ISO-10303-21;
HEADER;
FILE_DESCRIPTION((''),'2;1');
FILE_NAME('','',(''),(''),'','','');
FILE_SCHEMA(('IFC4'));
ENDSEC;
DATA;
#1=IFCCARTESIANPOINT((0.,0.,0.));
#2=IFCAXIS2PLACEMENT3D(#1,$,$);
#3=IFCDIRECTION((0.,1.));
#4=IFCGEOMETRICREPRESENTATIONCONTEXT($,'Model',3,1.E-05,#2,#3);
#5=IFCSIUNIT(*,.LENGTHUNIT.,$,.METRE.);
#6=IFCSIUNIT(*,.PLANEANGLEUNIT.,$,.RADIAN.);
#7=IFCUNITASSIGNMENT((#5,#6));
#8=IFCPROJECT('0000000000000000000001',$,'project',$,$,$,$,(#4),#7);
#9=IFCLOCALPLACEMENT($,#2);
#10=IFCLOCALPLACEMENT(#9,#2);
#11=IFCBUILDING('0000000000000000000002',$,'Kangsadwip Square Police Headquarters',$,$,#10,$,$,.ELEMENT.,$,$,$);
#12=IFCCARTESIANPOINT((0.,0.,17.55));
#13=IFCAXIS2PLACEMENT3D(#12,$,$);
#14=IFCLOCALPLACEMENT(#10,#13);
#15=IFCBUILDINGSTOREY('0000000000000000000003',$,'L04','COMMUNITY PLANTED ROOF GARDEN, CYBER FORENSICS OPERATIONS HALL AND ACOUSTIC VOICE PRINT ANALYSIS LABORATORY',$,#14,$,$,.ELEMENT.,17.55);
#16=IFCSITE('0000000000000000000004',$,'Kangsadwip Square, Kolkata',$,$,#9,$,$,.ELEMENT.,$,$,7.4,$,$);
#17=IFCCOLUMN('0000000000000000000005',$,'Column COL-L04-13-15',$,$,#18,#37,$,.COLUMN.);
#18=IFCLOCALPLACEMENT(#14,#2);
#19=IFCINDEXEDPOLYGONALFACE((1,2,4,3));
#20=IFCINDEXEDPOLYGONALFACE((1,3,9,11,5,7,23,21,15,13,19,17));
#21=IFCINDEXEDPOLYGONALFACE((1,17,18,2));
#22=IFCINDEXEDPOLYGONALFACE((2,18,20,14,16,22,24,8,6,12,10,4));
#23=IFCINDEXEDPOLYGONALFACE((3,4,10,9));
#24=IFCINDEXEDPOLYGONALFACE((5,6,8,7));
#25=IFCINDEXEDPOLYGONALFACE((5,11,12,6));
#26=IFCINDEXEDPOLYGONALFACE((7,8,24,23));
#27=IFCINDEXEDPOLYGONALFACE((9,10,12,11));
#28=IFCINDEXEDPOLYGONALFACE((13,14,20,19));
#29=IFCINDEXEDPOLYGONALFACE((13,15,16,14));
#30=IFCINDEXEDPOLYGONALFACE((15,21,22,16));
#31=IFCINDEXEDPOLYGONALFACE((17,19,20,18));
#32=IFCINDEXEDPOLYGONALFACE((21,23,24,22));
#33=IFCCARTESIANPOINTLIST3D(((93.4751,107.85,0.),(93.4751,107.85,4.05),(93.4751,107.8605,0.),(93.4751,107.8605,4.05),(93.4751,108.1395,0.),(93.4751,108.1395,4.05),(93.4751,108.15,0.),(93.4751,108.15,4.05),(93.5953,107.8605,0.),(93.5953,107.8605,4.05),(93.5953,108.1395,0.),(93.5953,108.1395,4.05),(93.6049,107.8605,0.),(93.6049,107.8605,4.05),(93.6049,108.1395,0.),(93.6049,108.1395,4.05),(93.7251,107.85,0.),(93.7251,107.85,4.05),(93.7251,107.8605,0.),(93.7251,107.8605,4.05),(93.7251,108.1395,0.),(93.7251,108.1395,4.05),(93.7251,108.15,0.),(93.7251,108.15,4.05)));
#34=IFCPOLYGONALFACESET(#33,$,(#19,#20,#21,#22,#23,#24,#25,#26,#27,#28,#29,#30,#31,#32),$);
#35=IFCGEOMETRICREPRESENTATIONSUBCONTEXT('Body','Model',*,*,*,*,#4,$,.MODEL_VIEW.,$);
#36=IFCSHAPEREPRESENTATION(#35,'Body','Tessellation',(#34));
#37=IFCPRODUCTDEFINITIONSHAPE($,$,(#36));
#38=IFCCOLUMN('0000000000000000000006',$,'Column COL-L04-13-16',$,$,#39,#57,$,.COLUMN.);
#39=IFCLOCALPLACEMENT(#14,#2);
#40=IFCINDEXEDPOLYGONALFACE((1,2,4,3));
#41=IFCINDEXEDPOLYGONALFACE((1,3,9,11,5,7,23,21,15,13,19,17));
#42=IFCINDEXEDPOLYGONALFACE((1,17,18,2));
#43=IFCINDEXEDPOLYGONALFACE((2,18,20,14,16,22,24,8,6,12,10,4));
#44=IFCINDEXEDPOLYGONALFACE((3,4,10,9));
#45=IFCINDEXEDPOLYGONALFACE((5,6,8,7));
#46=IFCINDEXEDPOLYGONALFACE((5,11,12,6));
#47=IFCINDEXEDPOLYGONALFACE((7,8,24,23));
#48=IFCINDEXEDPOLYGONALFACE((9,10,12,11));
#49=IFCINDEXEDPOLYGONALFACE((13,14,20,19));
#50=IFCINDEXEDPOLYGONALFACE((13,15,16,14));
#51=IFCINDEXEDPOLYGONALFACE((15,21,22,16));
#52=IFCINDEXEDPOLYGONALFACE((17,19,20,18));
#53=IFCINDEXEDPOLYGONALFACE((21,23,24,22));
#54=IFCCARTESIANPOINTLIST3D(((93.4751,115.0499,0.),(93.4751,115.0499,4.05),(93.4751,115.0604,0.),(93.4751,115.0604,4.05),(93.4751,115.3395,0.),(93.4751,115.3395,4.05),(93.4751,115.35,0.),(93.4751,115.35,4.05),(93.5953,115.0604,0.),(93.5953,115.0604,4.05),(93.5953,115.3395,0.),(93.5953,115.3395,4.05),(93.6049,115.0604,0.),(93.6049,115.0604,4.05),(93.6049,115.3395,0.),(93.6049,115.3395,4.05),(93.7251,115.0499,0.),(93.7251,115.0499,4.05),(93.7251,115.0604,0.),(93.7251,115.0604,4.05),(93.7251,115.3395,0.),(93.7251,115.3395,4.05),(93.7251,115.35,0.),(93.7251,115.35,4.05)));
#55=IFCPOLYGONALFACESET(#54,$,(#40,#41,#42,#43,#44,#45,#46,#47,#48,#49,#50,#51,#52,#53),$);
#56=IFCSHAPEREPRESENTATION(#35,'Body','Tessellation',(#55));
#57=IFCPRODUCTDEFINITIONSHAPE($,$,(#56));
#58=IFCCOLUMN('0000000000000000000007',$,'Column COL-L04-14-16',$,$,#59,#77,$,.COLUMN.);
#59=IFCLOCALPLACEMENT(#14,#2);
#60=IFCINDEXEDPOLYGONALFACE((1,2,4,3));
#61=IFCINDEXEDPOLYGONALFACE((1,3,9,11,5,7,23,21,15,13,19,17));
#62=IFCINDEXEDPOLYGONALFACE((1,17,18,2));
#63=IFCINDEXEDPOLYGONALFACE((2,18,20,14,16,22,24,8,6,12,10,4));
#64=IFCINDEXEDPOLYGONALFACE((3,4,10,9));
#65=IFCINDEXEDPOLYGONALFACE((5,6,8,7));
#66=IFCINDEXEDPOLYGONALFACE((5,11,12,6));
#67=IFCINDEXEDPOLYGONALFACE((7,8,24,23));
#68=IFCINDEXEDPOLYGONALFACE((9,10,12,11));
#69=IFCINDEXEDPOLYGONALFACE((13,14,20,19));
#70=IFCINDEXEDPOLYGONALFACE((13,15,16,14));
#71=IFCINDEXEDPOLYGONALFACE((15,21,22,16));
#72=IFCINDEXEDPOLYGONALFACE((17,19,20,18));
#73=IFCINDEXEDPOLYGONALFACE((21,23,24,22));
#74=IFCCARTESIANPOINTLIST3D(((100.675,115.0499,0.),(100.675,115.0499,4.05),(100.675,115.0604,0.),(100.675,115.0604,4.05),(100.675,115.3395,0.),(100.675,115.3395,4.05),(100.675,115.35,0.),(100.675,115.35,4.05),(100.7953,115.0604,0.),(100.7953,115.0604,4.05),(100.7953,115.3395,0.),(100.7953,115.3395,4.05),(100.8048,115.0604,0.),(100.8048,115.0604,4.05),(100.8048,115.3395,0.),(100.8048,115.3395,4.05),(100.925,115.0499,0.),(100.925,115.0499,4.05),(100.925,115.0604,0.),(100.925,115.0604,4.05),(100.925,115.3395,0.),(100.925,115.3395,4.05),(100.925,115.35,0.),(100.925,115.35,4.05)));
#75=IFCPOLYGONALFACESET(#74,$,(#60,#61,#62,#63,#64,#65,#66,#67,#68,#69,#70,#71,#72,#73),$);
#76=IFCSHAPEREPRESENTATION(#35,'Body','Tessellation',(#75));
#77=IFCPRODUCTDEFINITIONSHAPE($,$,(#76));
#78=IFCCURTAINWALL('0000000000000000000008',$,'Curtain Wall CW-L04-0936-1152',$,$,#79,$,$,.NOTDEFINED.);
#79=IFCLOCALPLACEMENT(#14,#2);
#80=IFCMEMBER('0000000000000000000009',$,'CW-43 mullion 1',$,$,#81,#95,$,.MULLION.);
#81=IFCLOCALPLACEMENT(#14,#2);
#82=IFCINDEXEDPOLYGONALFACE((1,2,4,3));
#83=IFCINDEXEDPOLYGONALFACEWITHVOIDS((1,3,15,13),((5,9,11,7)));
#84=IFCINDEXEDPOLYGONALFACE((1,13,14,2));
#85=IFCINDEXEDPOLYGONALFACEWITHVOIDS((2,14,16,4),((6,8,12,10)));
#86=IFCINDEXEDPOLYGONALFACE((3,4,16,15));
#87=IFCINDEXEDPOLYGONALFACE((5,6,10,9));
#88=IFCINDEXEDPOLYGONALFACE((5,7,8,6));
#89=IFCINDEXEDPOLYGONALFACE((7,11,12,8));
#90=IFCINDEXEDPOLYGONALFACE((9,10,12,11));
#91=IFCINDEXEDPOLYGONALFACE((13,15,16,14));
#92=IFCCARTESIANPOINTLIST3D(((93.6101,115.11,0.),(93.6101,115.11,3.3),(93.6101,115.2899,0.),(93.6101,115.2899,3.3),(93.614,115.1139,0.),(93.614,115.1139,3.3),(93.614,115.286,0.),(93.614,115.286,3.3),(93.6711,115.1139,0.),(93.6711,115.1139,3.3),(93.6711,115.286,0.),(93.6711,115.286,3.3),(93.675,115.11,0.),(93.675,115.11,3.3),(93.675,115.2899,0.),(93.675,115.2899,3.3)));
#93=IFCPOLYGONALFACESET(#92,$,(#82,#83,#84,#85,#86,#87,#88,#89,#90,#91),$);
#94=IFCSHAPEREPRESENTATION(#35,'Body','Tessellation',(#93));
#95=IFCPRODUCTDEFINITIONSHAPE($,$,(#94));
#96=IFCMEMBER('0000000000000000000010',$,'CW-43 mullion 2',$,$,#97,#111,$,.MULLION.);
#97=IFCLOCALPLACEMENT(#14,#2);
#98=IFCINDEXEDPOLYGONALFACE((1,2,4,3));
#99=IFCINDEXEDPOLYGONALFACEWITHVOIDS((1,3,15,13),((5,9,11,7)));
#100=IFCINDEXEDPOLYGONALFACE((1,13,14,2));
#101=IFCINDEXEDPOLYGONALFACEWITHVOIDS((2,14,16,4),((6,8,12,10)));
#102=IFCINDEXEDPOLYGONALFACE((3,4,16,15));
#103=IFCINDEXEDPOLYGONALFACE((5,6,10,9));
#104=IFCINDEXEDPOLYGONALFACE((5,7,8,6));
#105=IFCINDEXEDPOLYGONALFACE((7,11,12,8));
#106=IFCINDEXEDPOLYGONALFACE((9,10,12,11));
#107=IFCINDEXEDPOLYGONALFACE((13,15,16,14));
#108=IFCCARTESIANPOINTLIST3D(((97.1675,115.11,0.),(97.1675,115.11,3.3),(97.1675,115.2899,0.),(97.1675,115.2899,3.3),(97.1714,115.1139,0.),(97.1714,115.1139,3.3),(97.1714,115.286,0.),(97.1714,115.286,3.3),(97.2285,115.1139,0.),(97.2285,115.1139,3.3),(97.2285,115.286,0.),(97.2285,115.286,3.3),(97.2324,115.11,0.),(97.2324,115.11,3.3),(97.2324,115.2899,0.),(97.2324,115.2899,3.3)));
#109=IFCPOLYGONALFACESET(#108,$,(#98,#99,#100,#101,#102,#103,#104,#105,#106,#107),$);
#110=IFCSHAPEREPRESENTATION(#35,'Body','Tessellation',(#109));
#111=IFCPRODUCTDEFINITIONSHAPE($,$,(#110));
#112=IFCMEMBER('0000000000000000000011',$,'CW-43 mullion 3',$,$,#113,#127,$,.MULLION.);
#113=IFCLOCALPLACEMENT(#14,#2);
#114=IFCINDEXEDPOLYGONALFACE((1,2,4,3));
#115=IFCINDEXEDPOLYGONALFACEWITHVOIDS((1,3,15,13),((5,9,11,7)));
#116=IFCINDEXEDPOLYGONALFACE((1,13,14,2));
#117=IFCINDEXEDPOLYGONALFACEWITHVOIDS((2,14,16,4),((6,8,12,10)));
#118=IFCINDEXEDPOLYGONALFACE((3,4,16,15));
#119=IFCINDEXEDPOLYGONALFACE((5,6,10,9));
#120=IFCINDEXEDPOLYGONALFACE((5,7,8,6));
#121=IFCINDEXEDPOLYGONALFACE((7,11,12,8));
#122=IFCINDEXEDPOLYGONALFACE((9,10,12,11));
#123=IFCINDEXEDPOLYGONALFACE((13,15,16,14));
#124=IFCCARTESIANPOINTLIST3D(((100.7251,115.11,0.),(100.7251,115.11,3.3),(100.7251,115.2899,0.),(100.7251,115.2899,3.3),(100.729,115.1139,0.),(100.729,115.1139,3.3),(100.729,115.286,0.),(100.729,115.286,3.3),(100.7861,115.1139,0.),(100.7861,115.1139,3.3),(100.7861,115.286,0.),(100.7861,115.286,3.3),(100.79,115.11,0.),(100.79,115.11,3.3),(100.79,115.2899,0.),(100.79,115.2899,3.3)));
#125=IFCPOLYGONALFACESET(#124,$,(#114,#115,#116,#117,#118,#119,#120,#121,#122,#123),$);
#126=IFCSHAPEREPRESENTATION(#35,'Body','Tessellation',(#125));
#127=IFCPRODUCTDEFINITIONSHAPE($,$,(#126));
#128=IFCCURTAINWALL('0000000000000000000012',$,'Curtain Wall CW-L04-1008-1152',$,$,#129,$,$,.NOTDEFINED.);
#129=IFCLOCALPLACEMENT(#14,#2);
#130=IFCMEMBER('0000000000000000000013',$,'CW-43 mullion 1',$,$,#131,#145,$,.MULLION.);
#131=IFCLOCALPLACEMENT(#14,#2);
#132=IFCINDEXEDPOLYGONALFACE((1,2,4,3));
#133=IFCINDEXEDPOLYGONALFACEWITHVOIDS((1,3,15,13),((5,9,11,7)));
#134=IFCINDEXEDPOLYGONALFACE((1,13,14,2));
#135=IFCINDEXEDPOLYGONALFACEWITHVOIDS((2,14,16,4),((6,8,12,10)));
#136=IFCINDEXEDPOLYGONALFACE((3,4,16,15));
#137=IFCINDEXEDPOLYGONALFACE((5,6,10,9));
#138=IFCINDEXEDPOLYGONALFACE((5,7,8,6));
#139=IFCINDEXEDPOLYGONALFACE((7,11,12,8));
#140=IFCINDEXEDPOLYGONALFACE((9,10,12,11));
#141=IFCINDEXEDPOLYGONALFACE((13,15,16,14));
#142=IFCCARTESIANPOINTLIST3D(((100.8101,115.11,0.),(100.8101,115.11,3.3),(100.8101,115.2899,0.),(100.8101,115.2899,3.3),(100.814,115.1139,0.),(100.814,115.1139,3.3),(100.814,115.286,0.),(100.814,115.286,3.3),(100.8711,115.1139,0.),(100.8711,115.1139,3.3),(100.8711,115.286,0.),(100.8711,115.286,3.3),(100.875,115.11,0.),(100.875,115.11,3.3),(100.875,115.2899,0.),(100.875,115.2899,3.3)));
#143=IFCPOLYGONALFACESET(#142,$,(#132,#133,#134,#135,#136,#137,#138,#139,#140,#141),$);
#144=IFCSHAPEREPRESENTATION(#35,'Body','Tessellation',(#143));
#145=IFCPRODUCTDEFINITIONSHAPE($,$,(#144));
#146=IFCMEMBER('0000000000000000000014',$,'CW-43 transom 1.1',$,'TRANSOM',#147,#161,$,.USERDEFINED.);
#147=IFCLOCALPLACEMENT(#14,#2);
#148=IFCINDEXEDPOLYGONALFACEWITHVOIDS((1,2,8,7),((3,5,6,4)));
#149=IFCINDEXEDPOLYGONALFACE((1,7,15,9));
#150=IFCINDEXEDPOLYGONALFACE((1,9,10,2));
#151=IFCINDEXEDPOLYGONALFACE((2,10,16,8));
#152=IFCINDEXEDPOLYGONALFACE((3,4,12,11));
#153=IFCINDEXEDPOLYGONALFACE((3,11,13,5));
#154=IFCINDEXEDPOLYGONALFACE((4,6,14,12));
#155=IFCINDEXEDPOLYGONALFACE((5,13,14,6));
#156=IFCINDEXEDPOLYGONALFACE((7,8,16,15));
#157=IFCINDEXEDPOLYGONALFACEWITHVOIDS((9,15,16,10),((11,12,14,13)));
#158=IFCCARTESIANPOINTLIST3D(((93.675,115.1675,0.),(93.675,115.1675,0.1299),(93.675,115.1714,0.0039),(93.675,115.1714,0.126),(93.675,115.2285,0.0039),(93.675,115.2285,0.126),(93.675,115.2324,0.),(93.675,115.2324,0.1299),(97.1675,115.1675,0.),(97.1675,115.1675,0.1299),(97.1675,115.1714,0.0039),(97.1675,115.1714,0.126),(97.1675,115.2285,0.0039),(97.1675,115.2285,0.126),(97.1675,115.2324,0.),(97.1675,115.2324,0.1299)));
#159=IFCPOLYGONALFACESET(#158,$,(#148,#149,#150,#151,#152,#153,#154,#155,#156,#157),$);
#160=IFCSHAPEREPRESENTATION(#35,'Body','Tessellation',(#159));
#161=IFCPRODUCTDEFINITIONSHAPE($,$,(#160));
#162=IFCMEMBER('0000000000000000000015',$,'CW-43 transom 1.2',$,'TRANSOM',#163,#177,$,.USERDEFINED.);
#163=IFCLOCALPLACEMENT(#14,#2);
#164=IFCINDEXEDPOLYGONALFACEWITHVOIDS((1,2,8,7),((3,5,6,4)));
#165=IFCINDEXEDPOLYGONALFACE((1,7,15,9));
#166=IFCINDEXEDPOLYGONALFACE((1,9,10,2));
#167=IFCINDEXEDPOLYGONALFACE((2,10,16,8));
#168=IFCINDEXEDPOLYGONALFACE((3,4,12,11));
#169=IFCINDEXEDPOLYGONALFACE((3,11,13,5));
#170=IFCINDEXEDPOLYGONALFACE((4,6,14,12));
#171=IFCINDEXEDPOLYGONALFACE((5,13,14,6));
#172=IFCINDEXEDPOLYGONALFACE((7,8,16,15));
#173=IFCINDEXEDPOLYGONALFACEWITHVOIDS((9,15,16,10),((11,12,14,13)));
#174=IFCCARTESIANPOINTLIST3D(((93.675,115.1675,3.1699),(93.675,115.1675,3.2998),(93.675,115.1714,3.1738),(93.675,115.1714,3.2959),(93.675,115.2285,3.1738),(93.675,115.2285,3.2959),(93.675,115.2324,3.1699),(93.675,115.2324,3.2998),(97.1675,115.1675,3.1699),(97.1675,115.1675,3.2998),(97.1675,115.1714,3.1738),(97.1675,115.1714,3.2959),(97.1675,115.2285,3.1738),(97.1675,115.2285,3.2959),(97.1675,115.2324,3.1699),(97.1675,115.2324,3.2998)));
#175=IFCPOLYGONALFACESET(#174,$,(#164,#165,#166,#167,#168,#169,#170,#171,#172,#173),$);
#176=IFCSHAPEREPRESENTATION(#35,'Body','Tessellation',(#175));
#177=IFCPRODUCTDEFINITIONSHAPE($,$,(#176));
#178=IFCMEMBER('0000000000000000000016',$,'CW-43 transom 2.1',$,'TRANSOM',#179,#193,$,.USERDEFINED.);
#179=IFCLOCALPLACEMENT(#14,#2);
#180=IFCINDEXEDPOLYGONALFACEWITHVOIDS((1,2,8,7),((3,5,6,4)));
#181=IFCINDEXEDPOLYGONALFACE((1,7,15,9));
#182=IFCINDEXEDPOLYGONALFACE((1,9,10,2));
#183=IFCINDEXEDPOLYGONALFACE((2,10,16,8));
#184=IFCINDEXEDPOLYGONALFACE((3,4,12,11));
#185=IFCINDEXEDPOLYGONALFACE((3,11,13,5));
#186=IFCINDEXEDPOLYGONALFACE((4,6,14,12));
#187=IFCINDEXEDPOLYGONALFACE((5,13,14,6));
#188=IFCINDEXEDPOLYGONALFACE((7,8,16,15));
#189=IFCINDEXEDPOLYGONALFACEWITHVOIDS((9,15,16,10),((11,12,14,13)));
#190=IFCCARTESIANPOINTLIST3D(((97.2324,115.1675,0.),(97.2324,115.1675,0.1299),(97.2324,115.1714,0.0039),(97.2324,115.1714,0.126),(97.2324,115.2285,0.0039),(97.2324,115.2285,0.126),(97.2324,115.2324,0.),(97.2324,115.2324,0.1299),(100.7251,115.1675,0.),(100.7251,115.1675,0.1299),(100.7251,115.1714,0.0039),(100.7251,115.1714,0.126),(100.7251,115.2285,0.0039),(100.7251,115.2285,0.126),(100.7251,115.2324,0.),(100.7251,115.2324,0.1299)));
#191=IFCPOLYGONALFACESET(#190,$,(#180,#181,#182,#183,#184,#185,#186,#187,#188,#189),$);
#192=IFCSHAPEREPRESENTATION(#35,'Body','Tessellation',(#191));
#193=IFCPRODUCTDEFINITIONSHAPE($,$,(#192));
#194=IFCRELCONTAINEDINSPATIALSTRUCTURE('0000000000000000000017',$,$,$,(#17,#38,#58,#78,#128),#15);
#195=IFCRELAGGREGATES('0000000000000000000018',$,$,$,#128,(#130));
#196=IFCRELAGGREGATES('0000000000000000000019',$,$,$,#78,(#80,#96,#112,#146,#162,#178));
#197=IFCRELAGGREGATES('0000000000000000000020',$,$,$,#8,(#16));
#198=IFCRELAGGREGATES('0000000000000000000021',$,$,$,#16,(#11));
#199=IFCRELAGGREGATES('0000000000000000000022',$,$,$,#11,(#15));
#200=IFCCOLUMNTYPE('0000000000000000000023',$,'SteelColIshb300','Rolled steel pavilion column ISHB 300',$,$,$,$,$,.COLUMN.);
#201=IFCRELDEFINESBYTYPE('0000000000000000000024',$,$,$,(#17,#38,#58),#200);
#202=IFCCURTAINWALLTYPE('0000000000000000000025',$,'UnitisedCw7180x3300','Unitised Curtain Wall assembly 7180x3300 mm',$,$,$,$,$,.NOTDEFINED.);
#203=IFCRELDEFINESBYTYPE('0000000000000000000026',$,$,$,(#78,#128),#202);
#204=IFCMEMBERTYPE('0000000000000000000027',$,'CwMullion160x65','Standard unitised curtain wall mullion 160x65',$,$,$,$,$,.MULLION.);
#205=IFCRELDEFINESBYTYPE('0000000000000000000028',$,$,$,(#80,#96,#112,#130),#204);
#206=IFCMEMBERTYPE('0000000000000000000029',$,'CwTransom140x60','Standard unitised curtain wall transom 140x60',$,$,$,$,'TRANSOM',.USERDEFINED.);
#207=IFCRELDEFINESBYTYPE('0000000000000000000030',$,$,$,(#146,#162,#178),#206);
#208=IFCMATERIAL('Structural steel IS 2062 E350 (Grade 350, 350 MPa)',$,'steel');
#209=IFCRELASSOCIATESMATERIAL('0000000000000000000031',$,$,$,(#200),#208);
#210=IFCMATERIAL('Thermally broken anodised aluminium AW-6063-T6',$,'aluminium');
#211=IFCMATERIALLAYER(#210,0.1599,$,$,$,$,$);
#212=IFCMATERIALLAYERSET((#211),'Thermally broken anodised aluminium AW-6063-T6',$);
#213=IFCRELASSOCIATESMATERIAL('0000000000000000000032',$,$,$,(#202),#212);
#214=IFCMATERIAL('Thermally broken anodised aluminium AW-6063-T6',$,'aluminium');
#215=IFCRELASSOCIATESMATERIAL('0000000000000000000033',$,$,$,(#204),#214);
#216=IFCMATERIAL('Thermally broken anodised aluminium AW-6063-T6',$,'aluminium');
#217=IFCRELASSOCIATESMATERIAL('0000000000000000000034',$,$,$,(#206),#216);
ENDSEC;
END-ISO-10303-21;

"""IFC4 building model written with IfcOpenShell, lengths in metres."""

from ifc_helpers import new_model, si_unit, direction, frame, origin, origin_2d, place, context, subcontext, project, spatial, hollow_rectangle, i_section, extrude, material, layer, layer_set, material_profile, profile_set, type_object, element, aggregate, save


model = new_model("IFC4")

# Units and contexts
model_context = context("Model", 3, precision=1e-05, world=origin(), true_north=direction((0.0, 1.0)))
body_context = subcontext(model_context, "Body", "Model", "MODEL_VIEW")
ifc_project = project(units=[si_unit("LENGTHUNIT", "METRE"), si_unit("PLANEANGLEUNIT", "RADIAN")], contexts=[model_context])

# Site, building, storey
site_placement = place(None, origin())
site = spatial("IfcSite", under=ifc_project, at=site_placement, Name="Kangsadwip Square, Kolkata", CompositionType="ELEMENT", RefElevation=7.4)
building_placement = place(site_placement, origin())
building = spatial("IfcBuilding", under=site, at=building_placement, Name="Kangsadwip Square Police Headquarters", CompositionType="ELEMENT")
storey_placement = place(building_placement, frame((0.0, 0.0, 17.55)))
storey = spatial("IfcBuildingStorey", under=building, at=storey_placement, Name="L04", Description="COMMUNITY PLANTED ROOF GARDEN, CYBER FORENSICS OPERATIONS HALL AND ACOUSTIC VOICE PRINT ANALYSIS LABORATORY", CompositionType="ELEMENT", Elevation=17.55)

# Columns
ifc_material_1 = material(Name="Structural steel IS 2062 E350 (Grade 350, 350 MPa)", Category="steel")
ifc_material_profile_1 = material_profile(ifc_material_1, i_section(OverallWidth=0.25, OverallDepth=0.3, WebThickness=0.0095, FlangeThickness=0.0105, at=origin_2d()), Name="ISHB 300")
ifc_profile_set_1 = profile_set([ifc_material_profile_1], Name="Structural steel IS 2062 E350 (Grade 350, 350 MPa)")
column_type = type_object("IfcColumnType", Name="SteelColIshb300", Description="Rolled steel pavilion column ISHB 300", PredefinedType="COLUMN", material=ifc_profile_set_1)
for number, where, z_axis, x_axis, name in (
    (1, (93.6001, 108.0, 0.0), (0.0, 0.0, 1.0), (1.0, 0.0, 0.0), "Column COL-L04-13-15"),
    (2, (93.6001, 115.2, 0.0), (0.0, 0.0, 1.0), (1.0, 0.0, 0.0), "Column COL-L04-13-16"),
    (3, (100.8, 115.2, 0.0), (0.0, 0.0, 1.0), (1.0, 0.0, 0.0), "Column COL-L04-14-16"),
):
    element("IfcColumn", number, at=place(storey_placement, frame(where, z_axis=z_axis, x_axis=x_axis)), inside=storey, type_object=column_type, Name=name, PredefinedType="COLUMN", context=body_context, shape_type="SweptSolid", body=[
        extrude(i_section(OverallWidth=0.25, OverallDepth=0.3, WebThickness=0.0095, FlangeThickness=0.0105, at=origin_2d()), origin(), (0.0, 0.0, 1.0), 4.05),
    ])

# Curtain wall, members
ifc_material_2 = material(Name="Thermally broken anodised aluminium AW-6063-T6", Category="aluminium")
ifc_layer_1 = layer(ifc_material_2, 0.1599)
ifc_layer_set_1 = layer_set([ifc_layer_1], Name="Thermally broken anodised aluminium AW-6063-T6")
curtain_wall_type = type_object("IfcCurtainWallType", Name="UnitisedCw7180x3300", Description="Unitised Curtain Wall assembly 7180x3300 mm", PredefinedType="NOTDEFINED", material=ifc_layer_set_1)
curtain_wall_1_placement = place(storey_placement, origin())
curtain_wall_1 = element("IfcCurtainWall", 4, at=curtain_wall_1_placement, inside=storey, type_object=curtain_wall_type, Name="Curtain Wall CW-L04-0936-1152", PredefinedType="NOTDEFINED")
ifc_material_3 = material(Name="Thermally broken anodised aluminium AW-6063-T6", Category="aluminium")
ifc_material_profile_2 = material_profile(ifc_material_3, hollow_rectangle(XDim=0.0649, YDim=0.1799, WallThickness=0.0039, at=origin_2d()), Name="CWM 180X65X4")
ifc_profile_set_2 = profile_set([ifc_material_profile_2], Name="Thermally broken anodised aluminium AW-6063-T6")
member_type_1 = type_object("IfcMemberType", Name="CwMullion160x65", Description="Standard unitised curtain wall mullion 160x65", PredefinedType="MULLION", material=ifc_profile_set_2)
member_1_placement = place(storey_placement, frame((93.6426, 115.2, 0.0), z_axis=(0.0, 0.0, 1.0), x_axis=(1.0, 0.0, 0.0)))
member_1 = element("IfcMember", 5, at=member_1_placement, type_object=member_type_1, Name="CW-43 mullion 1", PredefinedType="MULLION", context=body_context, shape_type="SweptSolid", body=[
    extrude(hollow_rectangle(XDim=0.0649, YDim=0.1799, WallThickness=0.0039, at=origin_2d()), origin(), (0.0, 0.0, 1.0), 3.3),
])
member_2_placement = place(storey_placement, frame((97.2, 115.2, 0.0), z_axis=(0.0, 0.0, 1.0), x_axis=(1.0, 0.0, 0.0)))
member_2 = element("IfcMember", 6, at=member_2_placement, type_object=member_type_1, Name="CW-43 mullion 2", PredefinedType="MULLION", context=body_context, shape_type="SweptSolid", body=[
    extrude(hollow_rectangle(XDim=0.0649, YDim=0.1799, WallThickness=0.0039, at=origin_2d()), origin(), (0.0, 0.0, 1.0), 3.3),
])
member_3_placement = place(storey_placement, frame((100.7576, 115.2, 0.0), z_axis=(0.0, 0.0, 1.0), x_axis=(1.0, 0.0, 0.0)))
member_3 = element("IfcMember", 7, at=member_3_placement, type_object=member_type_1, Name="CW-43 mullion 3", PredefinedType="MULLION", context=body_context, shape_type="SweptSolid", body=[
    extrude(hollow_rectangle(XDim=0.0649, YDim=0.1799, WallThickness=0.0039, at=origin_2d()), origin(), (0.0, 0.0, 1.0), 3.3),
])

# Curtain wall, member
curtain_wall_2_placement = place(storey_placement, origin())
curtain_wall_2 = element("IfcCurtainWall", 8, at=curtain_wall_2_placement, inside=storey, type_object=curtain_wall_type, Name="Curtain Wall CW-L04-1008-1152", PredefinedType="NOTDEFINED")
member_4_placement = place(storey_placement, frame((100.8425, 115.2, 0.0), z_axis=(0.0, 0.0, 1.0), x_axis=(1.0, 0.0, 0.0)))
member_4 = element("IfcMember", 9, at=member_4_placement, type_object=member_type_1, Name="CW-43 mullion 1", PredefinedType="MULLION", context=body_context, shape_type="SweptSolid", body=[
    extrude(hollow_rectangle(XDim=0.0649, YDim=0.1799, WallThickness=0.0039, at=origin_2d()), origin(), (0.0, 0.0, 1.0), 3.3),
])

# Members
ifc_material_4 = material(Name="Thermally broken anodised aluminium AW-6063-T6", Category="aluminium")
ifc_material_profile_3 = material_profile(ifc_material_4, hollow_rectangle(XDim=0.0649, YDim=0.1299, WallThickness=0.0039, at=origin_2d()), Name="CWT 130X65X4")
ifc_profile_set_3 = profile_set([ifc_material_profile_3], Name="Thermally broken anodised aluminium AW-6063-T6")
member_type_2 = type_object("IfcMemberType", Name="CwTransom140x60", Description="Standard unitised curtain wall transom 140x60", ElementType="TRANSOM", PredefinedType="USERDEFINED", material=ifc_profile_set_3)
member_5_placement = place(storey_placement, frame((93.675, 115.2, 0.0649), z_axis=(1.0, 0.0, 0.0), x_axis=(0.0, 1.0, 0.0)))
member_5 = element("IfcMember", 10, at=member_5_placement, type_object=member_type_2, Name="CW-43 transom 1.1", ObjectType="TRANSOM", PredefinedType="USERDEFINED", context=body_context, shape_type="SweptSolid", body=[
    extrude(hollow_rectangle(XDim=0.0649, YDim=0.1299, WallThickness=0.0039, at=origin_2d()), origin(), (0.0, 0.0, 1.0), 3.4924),
])
member_6_placement = place(storey_placement, frame((93.675, 115.2, 3.2349), z_axis=(1.0, 0.0, 0.0), x_axis=(0.0, 1.0, 0.0)))
member_6 = element("IfcMember", 11, at=member_6_placement, type_object=member_type_2, Name="CW-43 transom 1.2", ObjectType="TRANSOM", PredefinedType="USERDEFINED", context=body_context, shape_type="SweptSolid", body=[
    extrude(hollow_rectangle(XDim=0.0649, YDim=0.1299, WallThickness=0.0039, at=origin_2d()), origin(), (0.0, 0.0, 1.0), 3.4924),
])
member_7_placement = place(storey_placement, frame((97.2324, 115.2, 0.0649), z_axis=(1.0, 0.0, 0.0), x_axis=(0.0, 1.0, 0.0)))
member_7 = element("IfcMember", 12, at=member_7_placement, type_object=member_type_2, Name="CW-43 transom 2.1", ObjectType="TRANSOM", PredefinedType="USERDEFINED", context=body_context, shape_type="SweptSolid", body=[
    extrude(hollow_rectangle(XDim=0.0649, YDim=0.1299, WallThickness=0.0039, at=origin_2d()), origin(), (0.0, 0.0, 1.0), 3.4927),
])
aggregate(curtain_wall_2, [member_4])

aggregate(curtain_wall_1, [member_1, member_2, member_3, member_5, member_6, member_7])

save(model, "model.ifc")
